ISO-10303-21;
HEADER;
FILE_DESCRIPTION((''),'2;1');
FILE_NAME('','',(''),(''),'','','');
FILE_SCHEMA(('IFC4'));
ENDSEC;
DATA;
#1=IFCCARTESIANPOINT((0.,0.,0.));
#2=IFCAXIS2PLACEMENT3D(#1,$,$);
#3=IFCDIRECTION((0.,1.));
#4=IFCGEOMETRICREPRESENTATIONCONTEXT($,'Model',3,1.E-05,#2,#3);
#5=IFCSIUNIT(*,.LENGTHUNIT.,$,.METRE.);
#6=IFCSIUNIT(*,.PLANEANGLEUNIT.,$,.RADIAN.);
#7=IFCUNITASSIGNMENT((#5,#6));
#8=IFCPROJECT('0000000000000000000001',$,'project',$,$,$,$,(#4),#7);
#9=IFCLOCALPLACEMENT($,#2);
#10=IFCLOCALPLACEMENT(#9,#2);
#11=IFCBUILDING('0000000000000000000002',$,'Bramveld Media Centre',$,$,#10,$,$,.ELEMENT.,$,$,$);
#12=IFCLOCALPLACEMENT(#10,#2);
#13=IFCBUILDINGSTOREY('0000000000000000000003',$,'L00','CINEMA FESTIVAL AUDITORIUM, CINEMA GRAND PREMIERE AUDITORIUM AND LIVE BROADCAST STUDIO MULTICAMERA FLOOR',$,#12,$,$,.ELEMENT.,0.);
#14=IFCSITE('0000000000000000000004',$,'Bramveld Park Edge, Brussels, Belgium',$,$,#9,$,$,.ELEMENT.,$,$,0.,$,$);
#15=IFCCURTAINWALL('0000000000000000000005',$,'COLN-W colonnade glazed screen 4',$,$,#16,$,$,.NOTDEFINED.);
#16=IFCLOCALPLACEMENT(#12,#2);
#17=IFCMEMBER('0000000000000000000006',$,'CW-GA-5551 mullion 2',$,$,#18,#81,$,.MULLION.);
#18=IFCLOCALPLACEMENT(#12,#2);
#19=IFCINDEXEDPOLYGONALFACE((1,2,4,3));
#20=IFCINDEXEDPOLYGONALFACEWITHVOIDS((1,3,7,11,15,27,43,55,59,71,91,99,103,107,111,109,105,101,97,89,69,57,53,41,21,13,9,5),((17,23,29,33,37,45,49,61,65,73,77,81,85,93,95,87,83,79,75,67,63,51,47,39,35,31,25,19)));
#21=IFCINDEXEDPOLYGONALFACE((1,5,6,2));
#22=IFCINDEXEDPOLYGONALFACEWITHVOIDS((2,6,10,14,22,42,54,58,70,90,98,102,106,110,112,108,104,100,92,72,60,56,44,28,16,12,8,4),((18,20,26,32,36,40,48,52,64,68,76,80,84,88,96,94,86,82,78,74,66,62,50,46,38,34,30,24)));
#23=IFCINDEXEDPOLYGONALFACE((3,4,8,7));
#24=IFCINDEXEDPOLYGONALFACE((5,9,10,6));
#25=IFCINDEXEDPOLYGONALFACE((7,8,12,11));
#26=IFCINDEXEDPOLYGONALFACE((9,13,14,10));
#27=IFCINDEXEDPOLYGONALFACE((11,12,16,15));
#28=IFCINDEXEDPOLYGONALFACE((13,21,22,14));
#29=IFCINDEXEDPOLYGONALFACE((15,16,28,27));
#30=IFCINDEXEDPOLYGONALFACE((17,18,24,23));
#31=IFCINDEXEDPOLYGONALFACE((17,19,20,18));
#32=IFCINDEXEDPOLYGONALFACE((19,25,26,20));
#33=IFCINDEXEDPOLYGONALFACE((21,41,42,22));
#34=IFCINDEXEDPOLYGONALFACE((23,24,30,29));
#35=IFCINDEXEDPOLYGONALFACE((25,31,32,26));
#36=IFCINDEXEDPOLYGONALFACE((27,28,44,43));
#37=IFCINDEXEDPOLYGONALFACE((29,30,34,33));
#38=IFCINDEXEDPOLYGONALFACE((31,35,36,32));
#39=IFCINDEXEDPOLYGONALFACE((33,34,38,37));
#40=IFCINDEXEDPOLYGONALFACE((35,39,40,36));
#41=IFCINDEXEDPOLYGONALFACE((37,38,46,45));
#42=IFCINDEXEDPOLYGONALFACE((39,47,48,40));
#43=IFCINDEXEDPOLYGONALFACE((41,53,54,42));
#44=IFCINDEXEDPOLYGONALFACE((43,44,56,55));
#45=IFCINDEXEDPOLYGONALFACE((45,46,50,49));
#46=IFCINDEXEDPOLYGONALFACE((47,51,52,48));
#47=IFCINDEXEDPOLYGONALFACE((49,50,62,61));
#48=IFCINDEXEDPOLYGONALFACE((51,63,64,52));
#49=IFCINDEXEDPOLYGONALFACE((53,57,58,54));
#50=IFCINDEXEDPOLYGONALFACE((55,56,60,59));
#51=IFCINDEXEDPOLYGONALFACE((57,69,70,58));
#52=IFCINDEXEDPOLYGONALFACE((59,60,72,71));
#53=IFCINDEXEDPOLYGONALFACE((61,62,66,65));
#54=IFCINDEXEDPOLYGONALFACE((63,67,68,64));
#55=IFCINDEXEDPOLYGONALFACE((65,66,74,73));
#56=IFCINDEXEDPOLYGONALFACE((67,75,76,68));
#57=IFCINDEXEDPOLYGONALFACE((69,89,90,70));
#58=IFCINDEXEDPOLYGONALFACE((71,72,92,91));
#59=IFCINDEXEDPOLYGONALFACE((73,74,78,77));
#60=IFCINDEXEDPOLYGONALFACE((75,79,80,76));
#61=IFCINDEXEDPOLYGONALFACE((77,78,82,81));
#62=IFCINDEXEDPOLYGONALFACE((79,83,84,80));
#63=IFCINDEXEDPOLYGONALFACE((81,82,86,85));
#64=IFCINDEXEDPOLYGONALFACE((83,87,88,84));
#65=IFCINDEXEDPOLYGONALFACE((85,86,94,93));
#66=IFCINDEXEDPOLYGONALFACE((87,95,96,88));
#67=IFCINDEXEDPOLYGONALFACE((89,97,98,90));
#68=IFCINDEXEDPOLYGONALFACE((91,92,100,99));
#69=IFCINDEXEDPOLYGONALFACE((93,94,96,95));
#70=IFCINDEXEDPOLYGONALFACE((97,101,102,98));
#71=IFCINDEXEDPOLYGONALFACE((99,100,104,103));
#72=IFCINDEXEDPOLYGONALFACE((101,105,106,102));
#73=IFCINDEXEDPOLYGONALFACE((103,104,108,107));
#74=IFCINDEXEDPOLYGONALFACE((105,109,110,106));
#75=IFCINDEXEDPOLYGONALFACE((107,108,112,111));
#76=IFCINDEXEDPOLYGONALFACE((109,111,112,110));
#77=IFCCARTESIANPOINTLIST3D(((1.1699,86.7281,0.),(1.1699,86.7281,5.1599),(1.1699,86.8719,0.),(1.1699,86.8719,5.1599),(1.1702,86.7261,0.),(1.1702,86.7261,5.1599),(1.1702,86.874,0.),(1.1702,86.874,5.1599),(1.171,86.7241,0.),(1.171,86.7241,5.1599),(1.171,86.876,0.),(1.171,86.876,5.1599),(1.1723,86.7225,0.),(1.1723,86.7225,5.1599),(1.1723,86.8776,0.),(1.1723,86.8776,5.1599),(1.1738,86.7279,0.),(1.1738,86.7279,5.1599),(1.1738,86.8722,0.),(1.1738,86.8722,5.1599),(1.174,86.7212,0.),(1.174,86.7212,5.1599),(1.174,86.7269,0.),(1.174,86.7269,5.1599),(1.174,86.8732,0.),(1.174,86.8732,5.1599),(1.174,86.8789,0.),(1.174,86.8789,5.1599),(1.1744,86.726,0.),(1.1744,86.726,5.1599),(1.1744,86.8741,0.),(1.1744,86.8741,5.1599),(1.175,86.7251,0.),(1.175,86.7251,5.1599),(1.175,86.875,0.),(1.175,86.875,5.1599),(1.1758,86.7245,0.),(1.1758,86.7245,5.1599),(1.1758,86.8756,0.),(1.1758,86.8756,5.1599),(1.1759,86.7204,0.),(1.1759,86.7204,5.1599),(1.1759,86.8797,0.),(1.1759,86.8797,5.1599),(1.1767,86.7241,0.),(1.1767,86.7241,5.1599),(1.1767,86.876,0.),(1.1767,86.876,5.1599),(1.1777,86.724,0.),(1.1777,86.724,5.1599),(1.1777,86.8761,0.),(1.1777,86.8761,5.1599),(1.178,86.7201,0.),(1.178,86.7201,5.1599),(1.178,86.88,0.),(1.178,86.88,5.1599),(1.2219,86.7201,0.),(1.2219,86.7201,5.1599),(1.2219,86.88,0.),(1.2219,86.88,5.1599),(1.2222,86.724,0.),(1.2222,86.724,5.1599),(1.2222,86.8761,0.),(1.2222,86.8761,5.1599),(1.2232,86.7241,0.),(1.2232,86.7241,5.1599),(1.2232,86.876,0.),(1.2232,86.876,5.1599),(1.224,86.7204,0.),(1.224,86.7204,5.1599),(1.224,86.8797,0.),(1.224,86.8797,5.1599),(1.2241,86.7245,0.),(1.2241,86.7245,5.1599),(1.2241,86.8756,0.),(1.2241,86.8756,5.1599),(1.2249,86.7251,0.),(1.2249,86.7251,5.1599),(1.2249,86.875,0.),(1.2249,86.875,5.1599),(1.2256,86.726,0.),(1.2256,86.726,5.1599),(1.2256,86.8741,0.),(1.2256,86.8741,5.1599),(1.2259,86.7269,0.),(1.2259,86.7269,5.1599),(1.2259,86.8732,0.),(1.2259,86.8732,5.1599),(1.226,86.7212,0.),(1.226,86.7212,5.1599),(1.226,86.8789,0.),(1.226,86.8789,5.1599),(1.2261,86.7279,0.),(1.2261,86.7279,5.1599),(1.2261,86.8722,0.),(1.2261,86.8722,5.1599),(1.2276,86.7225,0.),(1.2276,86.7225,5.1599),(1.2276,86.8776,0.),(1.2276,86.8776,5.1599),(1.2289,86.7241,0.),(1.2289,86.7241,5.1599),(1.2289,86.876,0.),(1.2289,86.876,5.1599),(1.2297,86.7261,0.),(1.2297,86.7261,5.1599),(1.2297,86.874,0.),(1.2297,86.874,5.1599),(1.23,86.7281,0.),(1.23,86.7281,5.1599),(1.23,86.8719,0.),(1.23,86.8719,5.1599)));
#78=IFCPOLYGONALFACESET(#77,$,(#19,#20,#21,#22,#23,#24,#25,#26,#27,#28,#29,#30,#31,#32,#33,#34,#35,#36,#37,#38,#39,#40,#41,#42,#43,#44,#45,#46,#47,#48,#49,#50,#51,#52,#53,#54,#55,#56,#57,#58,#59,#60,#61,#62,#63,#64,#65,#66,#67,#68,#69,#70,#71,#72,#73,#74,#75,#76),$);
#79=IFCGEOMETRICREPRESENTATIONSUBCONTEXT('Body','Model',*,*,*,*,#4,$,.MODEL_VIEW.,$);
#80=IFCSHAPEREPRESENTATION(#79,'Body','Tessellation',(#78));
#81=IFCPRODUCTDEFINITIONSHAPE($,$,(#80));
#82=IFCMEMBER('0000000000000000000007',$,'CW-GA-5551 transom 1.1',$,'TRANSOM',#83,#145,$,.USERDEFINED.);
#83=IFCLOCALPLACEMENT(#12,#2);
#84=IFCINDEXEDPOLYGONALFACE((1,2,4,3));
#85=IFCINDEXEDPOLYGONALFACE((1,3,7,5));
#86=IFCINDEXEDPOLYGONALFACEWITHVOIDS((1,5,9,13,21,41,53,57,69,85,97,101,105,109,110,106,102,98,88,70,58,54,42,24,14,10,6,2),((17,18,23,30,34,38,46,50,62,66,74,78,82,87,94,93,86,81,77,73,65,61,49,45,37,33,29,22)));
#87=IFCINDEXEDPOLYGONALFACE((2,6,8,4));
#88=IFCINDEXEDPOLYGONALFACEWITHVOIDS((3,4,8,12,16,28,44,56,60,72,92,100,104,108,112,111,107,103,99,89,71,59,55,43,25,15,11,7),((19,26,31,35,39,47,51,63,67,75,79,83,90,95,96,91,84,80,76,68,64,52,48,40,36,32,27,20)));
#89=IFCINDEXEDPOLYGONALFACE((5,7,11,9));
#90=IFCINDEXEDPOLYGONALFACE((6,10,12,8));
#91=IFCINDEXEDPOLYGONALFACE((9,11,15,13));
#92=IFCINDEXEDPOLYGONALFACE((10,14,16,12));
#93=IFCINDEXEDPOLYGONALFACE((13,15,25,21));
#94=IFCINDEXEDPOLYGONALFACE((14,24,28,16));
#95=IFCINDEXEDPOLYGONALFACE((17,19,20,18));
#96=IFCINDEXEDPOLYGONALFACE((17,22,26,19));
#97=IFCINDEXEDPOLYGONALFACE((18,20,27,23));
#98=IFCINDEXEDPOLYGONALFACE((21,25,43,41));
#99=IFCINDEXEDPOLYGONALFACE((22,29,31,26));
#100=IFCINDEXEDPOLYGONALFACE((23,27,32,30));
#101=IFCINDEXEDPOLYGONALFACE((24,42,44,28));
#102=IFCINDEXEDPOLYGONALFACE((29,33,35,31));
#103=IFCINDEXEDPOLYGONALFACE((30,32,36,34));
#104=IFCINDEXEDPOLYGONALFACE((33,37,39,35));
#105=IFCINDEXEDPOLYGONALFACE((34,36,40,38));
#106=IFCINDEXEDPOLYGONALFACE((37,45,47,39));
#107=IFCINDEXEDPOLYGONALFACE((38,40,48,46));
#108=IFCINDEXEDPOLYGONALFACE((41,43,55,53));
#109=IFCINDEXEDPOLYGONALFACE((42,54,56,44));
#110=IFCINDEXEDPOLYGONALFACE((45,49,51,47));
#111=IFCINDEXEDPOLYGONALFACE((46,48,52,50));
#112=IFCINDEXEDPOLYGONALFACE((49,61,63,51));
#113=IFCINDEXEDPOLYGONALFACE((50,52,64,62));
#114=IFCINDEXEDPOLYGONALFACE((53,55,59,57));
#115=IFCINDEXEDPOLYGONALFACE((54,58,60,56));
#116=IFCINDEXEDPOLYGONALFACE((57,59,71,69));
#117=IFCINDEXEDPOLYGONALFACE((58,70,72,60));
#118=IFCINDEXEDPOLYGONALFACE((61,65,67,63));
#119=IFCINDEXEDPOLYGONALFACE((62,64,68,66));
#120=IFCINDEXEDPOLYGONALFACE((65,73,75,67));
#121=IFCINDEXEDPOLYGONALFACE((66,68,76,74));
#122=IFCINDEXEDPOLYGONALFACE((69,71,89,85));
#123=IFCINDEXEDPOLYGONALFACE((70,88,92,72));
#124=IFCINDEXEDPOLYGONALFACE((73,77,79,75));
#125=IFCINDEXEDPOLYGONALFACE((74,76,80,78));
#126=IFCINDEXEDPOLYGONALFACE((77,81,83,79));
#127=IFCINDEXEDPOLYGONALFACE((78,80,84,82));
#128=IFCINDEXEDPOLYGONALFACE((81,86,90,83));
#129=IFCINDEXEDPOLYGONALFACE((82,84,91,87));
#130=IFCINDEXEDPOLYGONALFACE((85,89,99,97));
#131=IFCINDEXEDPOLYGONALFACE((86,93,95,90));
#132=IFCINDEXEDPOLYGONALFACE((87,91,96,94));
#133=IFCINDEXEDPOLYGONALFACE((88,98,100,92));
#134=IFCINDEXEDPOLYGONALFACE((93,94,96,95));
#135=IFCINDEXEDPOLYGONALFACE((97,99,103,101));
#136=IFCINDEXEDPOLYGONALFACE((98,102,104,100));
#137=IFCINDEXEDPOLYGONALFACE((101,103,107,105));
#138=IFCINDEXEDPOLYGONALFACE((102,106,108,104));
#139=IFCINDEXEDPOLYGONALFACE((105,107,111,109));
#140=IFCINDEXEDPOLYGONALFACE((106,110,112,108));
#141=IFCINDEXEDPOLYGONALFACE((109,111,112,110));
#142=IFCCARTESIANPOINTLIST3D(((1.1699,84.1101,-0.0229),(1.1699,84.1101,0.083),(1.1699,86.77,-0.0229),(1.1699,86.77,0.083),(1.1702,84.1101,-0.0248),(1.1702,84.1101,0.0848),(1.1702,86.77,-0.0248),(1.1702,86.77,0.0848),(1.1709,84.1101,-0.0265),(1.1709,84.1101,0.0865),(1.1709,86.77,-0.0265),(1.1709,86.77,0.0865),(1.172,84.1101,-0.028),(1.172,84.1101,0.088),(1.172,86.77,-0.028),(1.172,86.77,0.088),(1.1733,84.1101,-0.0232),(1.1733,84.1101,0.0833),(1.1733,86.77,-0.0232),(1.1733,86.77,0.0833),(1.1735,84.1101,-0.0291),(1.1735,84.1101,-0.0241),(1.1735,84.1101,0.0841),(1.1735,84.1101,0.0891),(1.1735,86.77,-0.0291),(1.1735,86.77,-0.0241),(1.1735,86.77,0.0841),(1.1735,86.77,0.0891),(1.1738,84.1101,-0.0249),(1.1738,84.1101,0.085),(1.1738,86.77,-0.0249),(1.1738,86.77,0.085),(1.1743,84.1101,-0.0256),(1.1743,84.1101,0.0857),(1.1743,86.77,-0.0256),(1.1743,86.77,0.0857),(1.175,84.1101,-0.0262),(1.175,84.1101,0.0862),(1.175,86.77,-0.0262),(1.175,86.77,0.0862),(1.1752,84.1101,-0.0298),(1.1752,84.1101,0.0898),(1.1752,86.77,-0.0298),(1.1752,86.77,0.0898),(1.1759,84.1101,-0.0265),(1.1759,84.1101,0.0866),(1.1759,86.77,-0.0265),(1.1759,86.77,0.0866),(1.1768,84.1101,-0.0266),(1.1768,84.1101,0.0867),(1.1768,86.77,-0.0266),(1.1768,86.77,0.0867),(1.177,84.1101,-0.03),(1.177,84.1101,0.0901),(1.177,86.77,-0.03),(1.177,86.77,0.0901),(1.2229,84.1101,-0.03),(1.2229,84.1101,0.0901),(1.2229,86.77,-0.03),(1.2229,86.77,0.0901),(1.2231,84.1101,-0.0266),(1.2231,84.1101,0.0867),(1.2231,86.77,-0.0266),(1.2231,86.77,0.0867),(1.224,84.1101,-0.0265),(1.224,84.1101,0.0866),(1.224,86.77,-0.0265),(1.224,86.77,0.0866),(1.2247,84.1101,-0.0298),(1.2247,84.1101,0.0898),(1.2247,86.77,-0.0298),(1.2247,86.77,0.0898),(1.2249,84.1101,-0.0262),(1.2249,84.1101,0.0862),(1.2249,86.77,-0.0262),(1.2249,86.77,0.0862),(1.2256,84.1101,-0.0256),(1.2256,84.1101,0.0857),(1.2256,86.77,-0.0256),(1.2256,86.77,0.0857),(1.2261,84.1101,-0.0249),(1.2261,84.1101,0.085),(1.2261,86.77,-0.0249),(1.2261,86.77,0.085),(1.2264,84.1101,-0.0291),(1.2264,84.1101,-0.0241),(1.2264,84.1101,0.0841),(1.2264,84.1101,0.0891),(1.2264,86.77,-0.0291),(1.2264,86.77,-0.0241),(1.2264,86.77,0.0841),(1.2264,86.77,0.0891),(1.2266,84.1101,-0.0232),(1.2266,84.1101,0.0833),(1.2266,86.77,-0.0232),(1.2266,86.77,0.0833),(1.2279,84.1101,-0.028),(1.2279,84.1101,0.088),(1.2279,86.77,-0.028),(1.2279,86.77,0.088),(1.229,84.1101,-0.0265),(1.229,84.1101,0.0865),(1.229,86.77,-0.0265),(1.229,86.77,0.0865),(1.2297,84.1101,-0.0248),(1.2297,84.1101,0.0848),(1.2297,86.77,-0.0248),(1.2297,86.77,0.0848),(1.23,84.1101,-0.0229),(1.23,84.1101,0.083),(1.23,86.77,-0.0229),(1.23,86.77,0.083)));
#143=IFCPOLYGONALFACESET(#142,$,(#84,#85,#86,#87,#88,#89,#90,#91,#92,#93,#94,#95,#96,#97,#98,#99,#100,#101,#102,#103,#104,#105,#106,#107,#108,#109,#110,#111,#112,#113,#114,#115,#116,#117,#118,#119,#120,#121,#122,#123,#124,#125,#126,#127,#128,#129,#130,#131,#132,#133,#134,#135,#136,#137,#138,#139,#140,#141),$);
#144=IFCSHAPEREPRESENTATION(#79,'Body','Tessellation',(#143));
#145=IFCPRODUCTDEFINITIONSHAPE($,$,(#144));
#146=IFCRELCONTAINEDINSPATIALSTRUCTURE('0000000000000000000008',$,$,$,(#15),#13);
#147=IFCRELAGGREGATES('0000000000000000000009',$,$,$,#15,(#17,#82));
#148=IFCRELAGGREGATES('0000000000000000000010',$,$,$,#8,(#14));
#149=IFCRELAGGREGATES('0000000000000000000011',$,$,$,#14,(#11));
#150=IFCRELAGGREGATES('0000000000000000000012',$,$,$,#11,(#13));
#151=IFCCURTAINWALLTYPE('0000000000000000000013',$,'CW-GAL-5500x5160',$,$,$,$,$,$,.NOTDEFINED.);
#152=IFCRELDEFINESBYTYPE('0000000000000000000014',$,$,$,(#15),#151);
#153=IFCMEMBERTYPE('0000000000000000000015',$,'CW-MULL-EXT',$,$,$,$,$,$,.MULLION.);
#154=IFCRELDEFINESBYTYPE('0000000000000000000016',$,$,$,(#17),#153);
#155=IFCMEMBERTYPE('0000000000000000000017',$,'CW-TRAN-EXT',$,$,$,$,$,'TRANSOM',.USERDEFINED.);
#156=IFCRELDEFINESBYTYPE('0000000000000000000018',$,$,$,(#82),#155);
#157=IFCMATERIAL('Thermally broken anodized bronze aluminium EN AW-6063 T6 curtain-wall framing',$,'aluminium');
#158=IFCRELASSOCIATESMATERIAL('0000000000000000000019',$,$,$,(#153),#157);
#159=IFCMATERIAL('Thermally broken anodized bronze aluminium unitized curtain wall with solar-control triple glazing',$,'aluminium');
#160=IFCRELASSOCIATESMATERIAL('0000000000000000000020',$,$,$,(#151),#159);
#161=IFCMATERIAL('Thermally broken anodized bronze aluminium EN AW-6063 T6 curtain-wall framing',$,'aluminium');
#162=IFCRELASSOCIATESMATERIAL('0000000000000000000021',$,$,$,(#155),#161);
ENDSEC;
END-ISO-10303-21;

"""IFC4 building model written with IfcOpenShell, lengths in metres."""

from ifc_helpers import new_model, si_unit, direction, frame, origin, origin_2d, place, context, subcontext, project, spatial, hollow_rectangle, extrude, material, material_profile, profile_set, type_object, element, aggregate, save


model = new_model("IFC4")

# Units and contexts
model_context = context("Model", 3, precision=1e-05, world=origin(), true_north=direction((0.0, 1.0)))
body_context = subcontext(model_context, "Body", "Model", "MODEL_VIEW")
ifc_project = project(units=[si_unit("LENGTHUNIT", "METRE"), si_unit("PLANEANGLEUNIT", "RADIAN")], contexts=[model_context])

# Site, building, storey
site_placement = place(None, origin())
site = spatial("IfcSite", under=ifc_project, at=site_placement, Name="Bramveld Park Edge, Brussels, Belgium", CompositionType="ELEMENT", RefElevation=0.0)
building_placement = place(site_placement, origin())
building = spatial("IfcBuilding", under=site, at=building_placement, Name="Bramveld Media Centre", CompositionType="ELEMENT")
storey_placement = place(building_placement, origin())
storey = spatial("IfcBuildingStorey", under=building, at=storey_placement, Name="L00", Description="CINEMA FESTIVAL AUDITORIUM, CINEMA GRAND PREMIERE AUDITORIUM AND LIVE BROADCAST STUDIO MULTICAMERA FLOOR", CompositionType="ELEMENT", Elevation=0.0)

# Shared definitions
ifc_material_1 = material(Name="Thermally broken anodized bronze aluminium EN AW-6063 T6 curtain-wall framing", Category="aluminium")
ifc_material_profile_1 = material_profile(ifc_material_1, hollow_rectangle(XDim=0.0601, YDim=0.1599, WallThickness=0.0039, InnerFilletRadius=0.0039, OuterFilletRadius=0.0081, at=origin_2d()), Name="AL-MULL 60x160")
ifc_profile_set_1 = profile_set([ifc_material_profile_1], Name="Thermally broken anodized bronze aluminium EN AW-6063 T6 curtain-wall framing")
member_type_1 = type_object("IfcMemberType", Name="CW-MULL-EXT", PredefinedType="MULLION", material=ifc_profile_set_1)

# Curtain wall, members
ifc_material_2 = material(Name="Thermally broken anodized bronze aluminium unitized curtain wall with solar-control triple glazing", Category="aluminium")
curtain_wall_type_1 = type_object("IfcCurtainWallType", Name="CW-GAL-5500x5160", PredefinedType="NOTDEFINED", material=ifc_material_2)
curtain_wall_1_placement = place(storey_placement, origin())
curtain_wall_1 = element("IfcCurtainWall", 1, at=curtain_wall_1_placement, inside=storey, type_object=curtain_wall_type_1, Name="COLN-W colonnade glazed screen 4", PredefinedType="NOTDEFINED")
member_1_placement = place(storey_placement, frame((1.2, 86.8, 0.0), z_axis=(0.0, 0.0, 1.0), x_axis=(-1.0, 0.0, 0.0)))
member_1 = element("IfcMember", 2, at=member_1_placement, type_object=member_type_1, Name="CW-GA-5551 mullion 2", PredefinedType="MULLION", context=body_context, shape_type="SweptSolid", body=[
    extrude(hollow_rectangle(XDim=0.0601, YDim=0.1599, WallThickness=0.0039, InnerFilletRadius=0.0039, OuterFilletRadius=0.0081, at=origin_2d()), origin(), (0.0, 0.0, 1.0), 5.1599),
])
ifc_material_3 = material(Name="Thermally broken anodized bronze aluminium EN AW-6063 T6 curtain-wall framing", Category="aluminium")
ifc_material_profile_2 = material_profile(ifc_material_3, hollow_rectangle(XDim=0.0601, YDim=0.1201, WallThickness=0.0034, InnerFilletRadius=0.0034, OuterFilletRadius=0.0071, at=origin_2d()), Name="AL-TRAN 60x120")
ifc_profile_set_2 = profile_set([ifc_material_profile_2], Name="Thermally broken anodized bronze aluminium EN AW-6063 T6 curtain-wall framing")
member_type_2 = type_object("IfcMemberType", Name="CW-TRAN-EXT", ElementType="TRANSOM", PredefinedType="USERDEFINED", material=ifc_profile_set_2)
member_2_placement = place(storey_placement, frame((1.2, 84.1101, 0.03), z_axis=(0.0, 1.0, 0.0), x_axis=(-1.0, 0.0, 0.0)))
member_2 = element("IfcMember", 3, at=member_2_placement, type_object=member_type_2, Name="CW-GA-5551 transom 1.1", ObjectType="TRANSOM", PredefinedType="USERDEFINED", context=body_context, shape_type="SweptSolid", body=[
    extrude(hollow_rectangle(XDim=0.0601, YDim=0.1201, WallThickness=0.0034, InnerFilletRadius=0.0034, OuterFilletRadius=0.0071, at=origin_2d()), origin(), (0.0, 0.0, 1.0), 2.6599),
])
aggregate(curtain_wall_1, [member_1, member_2])

save(model, "model.ifc")
